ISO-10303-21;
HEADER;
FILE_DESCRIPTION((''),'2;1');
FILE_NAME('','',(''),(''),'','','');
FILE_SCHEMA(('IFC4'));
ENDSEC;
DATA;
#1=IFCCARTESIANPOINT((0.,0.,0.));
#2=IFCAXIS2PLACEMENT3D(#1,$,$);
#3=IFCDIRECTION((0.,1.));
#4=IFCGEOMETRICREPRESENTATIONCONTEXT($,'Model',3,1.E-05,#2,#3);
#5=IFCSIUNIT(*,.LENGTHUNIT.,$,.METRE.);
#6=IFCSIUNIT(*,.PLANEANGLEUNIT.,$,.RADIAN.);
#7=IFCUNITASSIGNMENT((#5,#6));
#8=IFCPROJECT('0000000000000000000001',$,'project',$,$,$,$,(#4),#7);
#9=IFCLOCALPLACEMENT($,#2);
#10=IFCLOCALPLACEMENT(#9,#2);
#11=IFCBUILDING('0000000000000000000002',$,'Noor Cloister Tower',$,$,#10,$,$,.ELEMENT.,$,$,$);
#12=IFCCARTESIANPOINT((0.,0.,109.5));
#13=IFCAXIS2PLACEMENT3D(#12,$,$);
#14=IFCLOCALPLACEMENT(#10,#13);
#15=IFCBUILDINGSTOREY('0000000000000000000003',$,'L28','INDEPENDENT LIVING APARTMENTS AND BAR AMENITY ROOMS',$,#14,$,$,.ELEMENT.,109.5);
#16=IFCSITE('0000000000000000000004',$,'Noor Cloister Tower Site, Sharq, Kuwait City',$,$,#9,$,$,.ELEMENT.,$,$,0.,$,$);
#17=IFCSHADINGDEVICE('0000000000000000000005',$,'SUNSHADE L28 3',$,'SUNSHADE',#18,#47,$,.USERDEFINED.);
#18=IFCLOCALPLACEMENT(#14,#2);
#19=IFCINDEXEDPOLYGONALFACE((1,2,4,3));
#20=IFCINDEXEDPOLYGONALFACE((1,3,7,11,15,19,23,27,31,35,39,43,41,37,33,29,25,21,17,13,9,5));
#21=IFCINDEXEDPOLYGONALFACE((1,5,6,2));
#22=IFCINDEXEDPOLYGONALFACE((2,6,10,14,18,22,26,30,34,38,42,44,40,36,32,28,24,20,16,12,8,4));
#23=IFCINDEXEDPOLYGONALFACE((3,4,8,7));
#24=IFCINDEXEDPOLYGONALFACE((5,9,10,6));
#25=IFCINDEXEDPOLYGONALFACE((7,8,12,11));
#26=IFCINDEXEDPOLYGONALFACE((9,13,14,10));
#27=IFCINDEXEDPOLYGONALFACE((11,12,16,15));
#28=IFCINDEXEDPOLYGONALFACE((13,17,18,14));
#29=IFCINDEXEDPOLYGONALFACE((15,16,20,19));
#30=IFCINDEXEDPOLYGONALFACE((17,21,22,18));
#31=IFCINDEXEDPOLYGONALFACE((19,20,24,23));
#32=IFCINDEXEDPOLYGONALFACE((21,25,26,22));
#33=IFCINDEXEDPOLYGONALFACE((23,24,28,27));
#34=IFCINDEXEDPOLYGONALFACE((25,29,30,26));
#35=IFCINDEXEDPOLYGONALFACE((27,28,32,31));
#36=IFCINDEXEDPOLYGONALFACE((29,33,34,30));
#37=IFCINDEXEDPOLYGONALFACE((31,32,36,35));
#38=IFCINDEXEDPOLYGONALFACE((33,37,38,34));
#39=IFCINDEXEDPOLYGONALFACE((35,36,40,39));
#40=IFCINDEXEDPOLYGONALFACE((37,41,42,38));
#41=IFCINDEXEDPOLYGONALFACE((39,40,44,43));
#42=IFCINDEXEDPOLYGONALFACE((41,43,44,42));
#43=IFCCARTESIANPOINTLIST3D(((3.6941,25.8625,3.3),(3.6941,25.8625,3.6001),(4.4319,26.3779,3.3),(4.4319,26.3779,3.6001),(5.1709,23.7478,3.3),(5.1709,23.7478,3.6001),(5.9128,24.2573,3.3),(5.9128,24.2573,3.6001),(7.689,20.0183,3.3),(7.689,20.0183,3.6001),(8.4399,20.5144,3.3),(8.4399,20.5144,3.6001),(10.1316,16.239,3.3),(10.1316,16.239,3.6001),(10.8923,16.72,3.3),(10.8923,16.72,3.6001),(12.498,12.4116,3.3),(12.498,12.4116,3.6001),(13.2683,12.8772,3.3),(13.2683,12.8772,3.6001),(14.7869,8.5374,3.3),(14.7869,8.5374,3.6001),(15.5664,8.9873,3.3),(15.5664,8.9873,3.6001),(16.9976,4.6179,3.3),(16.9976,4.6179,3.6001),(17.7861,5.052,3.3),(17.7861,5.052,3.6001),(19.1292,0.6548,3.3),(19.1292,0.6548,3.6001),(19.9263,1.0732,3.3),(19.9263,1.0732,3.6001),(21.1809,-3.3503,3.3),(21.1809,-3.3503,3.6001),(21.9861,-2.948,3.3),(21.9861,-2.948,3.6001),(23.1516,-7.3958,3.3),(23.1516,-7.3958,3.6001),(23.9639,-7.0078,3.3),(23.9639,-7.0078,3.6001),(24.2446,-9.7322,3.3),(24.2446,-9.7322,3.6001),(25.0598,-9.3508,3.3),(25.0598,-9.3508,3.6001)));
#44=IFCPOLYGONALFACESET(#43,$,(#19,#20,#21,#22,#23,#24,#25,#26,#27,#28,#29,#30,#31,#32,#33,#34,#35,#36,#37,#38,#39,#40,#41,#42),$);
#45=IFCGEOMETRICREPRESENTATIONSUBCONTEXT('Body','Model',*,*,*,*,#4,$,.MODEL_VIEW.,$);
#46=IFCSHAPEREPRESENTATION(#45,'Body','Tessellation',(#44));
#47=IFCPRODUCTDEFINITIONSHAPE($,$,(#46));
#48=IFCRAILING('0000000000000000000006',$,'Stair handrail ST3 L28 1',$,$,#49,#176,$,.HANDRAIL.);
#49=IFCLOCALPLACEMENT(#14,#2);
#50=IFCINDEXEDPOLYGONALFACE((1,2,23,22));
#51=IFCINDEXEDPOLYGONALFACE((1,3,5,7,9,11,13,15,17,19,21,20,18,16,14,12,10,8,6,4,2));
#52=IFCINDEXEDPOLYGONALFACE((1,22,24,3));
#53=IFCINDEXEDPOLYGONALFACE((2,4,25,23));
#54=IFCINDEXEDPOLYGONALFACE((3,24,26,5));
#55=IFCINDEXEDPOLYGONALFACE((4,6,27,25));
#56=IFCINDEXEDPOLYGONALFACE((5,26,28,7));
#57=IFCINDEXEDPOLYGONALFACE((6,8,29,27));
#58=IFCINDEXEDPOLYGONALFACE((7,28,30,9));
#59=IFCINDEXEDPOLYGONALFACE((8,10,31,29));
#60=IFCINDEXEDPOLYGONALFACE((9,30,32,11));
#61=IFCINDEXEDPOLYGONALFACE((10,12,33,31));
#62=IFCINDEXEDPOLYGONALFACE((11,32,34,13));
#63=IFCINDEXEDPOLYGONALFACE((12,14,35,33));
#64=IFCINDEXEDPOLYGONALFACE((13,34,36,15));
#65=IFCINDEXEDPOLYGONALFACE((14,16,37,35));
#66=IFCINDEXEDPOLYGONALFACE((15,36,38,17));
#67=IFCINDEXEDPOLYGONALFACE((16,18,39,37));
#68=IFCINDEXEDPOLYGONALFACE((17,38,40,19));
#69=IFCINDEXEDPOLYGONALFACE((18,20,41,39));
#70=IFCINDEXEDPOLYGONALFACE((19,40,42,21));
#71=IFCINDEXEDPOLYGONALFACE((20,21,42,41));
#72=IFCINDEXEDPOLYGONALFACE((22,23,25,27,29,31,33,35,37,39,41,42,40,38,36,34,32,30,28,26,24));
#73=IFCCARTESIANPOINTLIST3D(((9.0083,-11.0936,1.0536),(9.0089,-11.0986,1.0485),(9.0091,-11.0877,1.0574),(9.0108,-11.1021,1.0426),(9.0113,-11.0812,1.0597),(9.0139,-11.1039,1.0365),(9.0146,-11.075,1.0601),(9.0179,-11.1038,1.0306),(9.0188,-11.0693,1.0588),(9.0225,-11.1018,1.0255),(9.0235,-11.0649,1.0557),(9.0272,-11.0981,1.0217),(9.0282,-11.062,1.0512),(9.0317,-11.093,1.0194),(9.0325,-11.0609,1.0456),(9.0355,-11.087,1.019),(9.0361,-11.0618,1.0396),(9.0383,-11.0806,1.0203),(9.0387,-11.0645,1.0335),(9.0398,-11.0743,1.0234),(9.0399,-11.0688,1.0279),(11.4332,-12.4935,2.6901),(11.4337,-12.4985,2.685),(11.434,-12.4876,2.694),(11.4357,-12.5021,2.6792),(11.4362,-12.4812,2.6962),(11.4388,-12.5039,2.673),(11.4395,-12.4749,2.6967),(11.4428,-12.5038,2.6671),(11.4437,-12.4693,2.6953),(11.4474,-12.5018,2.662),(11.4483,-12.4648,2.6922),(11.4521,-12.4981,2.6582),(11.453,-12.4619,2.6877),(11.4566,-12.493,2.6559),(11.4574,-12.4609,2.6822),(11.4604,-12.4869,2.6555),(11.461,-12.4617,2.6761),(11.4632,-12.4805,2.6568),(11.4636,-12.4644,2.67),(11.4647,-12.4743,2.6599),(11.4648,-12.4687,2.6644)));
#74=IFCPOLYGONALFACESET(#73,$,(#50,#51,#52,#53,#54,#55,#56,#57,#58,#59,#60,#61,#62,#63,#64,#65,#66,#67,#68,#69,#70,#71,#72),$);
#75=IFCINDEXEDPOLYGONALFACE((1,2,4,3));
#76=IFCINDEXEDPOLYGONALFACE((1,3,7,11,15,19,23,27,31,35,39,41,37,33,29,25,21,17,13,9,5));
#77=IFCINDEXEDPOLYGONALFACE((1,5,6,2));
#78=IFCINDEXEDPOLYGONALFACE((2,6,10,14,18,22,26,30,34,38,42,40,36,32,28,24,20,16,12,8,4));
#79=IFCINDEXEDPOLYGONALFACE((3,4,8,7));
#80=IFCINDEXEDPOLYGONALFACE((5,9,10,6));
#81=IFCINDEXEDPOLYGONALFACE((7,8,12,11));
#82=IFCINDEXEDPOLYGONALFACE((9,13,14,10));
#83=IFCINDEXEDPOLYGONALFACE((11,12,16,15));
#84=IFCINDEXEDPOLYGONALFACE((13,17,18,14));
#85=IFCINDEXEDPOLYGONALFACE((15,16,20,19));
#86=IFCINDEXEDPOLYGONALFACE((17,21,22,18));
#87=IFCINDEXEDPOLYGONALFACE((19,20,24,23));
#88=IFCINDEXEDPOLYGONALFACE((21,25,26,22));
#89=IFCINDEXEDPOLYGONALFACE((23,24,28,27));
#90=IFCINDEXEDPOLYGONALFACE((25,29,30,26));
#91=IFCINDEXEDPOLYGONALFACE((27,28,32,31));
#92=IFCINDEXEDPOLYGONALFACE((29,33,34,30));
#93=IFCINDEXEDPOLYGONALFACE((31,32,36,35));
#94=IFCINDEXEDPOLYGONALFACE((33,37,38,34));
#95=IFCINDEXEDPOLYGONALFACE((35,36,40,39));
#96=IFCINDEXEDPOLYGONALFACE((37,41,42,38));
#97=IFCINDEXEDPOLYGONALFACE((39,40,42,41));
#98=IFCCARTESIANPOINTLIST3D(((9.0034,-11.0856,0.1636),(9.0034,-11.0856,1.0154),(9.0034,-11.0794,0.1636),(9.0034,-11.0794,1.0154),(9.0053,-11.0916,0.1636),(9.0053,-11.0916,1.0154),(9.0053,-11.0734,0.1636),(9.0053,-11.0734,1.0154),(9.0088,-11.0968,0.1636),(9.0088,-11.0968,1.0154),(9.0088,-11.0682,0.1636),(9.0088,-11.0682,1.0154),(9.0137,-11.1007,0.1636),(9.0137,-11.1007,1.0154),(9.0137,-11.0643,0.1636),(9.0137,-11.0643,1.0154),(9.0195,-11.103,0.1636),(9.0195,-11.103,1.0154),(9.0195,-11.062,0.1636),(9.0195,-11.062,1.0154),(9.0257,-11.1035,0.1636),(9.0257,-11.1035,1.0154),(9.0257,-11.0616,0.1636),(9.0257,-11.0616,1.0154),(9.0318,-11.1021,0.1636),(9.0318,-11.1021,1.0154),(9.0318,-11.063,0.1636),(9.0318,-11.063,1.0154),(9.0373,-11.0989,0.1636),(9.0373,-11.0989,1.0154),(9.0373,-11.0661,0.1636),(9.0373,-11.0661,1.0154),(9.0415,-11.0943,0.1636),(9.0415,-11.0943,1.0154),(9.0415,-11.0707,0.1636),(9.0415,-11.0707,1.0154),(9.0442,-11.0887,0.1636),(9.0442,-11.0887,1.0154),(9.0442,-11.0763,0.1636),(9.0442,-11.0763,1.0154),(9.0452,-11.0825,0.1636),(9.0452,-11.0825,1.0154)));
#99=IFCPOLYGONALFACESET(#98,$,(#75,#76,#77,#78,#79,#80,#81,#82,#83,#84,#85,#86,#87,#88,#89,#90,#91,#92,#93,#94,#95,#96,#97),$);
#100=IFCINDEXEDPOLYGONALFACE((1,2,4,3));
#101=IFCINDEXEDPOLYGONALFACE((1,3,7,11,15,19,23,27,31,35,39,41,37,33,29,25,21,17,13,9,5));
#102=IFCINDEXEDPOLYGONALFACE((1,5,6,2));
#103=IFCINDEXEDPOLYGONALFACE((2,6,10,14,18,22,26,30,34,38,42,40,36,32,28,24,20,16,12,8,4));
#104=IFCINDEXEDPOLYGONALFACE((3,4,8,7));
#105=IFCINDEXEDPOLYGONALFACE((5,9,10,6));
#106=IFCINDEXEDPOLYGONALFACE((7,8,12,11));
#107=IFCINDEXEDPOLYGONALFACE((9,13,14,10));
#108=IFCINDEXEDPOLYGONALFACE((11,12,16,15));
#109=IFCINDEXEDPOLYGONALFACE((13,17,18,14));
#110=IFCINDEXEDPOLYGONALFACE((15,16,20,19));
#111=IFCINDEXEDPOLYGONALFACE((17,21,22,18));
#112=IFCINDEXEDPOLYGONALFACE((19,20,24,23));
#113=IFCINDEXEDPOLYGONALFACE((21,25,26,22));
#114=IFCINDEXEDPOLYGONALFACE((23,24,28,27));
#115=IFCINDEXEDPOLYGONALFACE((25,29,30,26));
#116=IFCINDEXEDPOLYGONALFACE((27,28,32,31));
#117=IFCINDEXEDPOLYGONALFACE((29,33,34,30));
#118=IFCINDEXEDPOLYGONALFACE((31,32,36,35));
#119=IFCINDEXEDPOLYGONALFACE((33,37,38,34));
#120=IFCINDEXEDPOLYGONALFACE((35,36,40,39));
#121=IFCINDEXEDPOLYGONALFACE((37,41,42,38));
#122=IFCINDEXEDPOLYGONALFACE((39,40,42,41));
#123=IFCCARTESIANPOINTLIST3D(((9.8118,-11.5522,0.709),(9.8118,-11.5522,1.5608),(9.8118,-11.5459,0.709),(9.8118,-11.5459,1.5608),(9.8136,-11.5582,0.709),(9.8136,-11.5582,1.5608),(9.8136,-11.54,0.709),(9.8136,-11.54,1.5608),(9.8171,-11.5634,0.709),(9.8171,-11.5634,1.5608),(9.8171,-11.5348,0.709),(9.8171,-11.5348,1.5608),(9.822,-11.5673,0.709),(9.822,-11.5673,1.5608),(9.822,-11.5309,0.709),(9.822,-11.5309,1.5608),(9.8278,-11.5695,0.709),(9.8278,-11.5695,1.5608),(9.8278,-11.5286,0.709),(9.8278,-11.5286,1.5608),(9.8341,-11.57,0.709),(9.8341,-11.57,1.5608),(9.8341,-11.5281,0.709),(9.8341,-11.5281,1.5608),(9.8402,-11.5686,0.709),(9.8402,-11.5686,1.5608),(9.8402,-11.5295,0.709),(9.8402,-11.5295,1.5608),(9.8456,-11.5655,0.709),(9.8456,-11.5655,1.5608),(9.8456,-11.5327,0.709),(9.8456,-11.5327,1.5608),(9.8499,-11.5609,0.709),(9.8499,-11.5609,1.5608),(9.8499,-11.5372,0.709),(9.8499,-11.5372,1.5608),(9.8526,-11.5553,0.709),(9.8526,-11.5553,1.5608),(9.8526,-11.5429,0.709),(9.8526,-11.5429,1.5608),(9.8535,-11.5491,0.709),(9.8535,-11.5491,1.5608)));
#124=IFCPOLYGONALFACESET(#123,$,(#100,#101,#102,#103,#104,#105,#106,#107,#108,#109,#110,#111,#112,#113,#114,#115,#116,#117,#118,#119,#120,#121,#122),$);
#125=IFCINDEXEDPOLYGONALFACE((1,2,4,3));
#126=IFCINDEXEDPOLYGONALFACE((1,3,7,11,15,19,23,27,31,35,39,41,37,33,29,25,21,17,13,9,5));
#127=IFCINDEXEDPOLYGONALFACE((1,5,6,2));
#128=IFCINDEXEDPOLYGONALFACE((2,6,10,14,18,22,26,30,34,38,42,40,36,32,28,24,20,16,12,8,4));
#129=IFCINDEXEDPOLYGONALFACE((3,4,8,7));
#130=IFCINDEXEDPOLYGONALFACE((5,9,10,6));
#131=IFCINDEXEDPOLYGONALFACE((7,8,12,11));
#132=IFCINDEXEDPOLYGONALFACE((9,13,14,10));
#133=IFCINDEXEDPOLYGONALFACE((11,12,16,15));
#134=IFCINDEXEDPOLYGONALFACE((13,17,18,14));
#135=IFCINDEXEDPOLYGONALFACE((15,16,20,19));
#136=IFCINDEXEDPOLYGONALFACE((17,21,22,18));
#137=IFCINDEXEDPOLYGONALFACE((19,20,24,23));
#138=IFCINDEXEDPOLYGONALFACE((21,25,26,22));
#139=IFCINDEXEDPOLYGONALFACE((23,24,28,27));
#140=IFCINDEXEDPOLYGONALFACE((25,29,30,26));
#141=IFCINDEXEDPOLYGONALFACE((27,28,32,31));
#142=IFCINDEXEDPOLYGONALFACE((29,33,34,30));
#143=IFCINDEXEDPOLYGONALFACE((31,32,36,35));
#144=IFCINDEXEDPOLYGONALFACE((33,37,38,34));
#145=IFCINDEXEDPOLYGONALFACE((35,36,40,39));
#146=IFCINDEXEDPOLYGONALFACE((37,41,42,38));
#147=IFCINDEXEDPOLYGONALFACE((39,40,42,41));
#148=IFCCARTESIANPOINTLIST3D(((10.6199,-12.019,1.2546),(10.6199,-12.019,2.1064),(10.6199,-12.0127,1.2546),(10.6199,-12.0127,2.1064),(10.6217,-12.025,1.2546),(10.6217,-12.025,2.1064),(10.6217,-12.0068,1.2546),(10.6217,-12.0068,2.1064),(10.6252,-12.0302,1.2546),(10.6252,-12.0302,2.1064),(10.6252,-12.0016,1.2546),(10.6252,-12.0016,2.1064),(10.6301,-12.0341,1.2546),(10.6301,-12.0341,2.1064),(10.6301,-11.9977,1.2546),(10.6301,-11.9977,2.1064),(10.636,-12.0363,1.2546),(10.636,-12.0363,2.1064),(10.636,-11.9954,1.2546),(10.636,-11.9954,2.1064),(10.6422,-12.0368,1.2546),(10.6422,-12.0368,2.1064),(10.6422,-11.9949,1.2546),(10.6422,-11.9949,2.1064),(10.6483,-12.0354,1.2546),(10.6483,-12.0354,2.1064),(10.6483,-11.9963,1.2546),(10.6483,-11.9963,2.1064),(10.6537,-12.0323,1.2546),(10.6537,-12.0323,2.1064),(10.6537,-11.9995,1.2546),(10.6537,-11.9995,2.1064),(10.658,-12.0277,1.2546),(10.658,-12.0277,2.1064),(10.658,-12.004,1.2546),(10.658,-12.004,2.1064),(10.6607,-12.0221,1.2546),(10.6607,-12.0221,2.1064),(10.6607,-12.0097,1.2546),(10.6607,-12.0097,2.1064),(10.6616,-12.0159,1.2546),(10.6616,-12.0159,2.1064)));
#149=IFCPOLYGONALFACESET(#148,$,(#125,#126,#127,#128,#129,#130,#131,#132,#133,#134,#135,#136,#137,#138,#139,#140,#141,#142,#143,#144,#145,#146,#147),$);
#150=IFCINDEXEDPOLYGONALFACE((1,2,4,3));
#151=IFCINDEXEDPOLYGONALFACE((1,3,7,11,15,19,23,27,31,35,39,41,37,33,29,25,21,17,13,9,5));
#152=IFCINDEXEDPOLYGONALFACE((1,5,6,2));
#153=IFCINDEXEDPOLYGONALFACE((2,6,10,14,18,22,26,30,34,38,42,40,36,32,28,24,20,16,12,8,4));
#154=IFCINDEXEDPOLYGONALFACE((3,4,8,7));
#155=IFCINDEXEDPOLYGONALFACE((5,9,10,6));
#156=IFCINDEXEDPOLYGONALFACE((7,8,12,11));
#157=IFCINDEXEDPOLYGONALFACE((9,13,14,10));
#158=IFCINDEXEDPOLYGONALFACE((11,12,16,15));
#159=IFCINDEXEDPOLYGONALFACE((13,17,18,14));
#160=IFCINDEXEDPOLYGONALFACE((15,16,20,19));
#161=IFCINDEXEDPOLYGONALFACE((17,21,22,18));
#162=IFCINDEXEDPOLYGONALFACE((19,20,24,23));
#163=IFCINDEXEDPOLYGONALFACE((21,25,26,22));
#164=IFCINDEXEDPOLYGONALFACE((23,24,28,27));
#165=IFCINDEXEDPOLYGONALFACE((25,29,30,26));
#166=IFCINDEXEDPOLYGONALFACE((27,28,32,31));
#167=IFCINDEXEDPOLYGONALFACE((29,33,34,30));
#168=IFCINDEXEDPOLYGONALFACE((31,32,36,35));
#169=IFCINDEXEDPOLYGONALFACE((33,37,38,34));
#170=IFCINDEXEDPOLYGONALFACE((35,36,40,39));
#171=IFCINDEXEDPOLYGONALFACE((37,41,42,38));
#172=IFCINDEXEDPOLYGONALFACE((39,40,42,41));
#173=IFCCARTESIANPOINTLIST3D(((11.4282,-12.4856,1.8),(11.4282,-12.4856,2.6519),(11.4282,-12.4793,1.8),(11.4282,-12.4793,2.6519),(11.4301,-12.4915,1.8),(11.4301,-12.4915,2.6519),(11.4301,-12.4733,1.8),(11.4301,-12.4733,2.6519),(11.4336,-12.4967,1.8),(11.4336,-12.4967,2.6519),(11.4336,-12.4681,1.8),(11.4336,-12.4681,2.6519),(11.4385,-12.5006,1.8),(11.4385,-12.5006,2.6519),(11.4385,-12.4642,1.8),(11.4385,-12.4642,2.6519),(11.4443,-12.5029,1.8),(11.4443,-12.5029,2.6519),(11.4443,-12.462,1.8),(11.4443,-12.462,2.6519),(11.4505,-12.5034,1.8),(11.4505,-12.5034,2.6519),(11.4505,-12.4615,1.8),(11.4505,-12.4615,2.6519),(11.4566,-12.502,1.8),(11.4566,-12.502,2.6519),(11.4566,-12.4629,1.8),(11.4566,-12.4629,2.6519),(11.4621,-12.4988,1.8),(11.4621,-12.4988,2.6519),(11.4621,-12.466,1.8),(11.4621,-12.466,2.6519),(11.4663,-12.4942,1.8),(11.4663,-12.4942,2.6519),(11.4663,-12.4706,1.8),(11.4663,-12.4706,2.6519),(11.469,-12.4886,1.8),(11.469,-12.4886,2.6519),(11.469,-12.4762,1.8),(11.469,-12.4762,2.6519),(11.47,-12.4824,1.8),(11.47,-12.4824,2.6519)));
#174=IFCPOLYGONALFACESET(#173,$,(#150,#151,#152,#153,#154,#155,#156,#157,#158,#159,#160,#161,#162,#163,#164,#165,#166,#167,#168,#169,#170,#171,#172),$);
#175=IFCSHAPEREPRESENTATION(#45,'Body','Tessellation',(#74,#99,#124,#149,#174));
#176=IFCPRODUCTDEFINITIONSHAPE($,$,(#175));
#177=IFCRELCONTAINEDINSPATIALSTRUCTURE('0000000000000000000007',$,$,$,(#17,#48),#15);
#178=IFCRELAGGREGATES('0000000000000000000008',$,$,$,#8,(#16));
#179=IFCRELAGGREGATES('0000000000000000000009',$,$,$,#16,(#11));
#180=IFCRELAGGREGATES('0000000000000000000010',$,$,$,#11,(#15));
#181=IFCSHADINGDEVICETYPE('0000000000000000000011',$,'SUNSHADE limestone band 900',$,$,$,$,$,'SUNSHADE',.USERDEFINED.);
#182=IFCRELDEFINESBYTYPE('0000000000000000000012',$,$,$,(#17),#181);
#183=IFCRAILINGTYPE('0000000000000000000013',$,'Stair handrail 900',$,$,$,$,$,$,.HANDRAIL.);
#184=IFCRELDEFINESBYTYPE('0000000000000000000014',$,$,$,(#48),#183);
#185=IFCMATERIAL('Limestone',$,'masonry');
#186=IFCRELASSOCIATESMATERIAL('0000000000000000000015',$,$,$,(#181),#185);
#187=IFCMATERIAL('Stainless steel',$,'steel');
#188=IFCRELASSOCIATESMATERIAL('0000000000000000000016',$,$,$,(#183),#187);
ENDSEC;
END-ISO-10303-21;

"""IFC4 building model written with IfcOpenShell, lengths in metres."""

from ifc_helpers import new_model, si_unit, direction, frame, origin, origin_2d, place, context, subcontext, project, spatial, polyline, circle, outline, extrude, material, type_object, element, save


model = new_model("IFC4")

# Units and contexts
model_context = context("Model", 3, precision=1e-05, world=origin(), true_north=direction((0.0, 1.0)))
body_context = subcontext(model_context, "Body", "Model", "MODEL_VIEW")
ifc_project = project(units=[si_unit("LENGTHUNIT", "METRE"), si_unit("PLANEANGLEUNIT", "RADIAN")], contexts=[model_context])

# Site, building, storey
site_placement = place(None, origin())
site = spatial("IfcSite", under=ifc_project, at=site_placement, Name="Noor Cloister Tower Site, Sharq, Kuwait City", CompositionType="ELEMENT", RefElevation=0.0)
building_placement = place(site_placement, origin())
building = spatial("IfcBuilding", under=site, at=building_placement, Name="Noor Cloister Tower", CompositionType="ELEMENT")
storey_placement = place(building_placement, frame((0.0, 0.0, 109.5)))
storey = spatial("IfcBuildingStorey", under=building, at=storey_placement, Name="L28", Description="INDEPENDENT LIVING APARTMENTS AND BAR AMENITY ROOMS", CompositionType="ELEMENT", Elevation=109.5)

# Shading device
ifc_material_1 = material(Name="Limestone", Category="masonry")
shading_device_type = type_object("IfcShadingDeviceType", Name="SUNSHADE limestone band 900", ElementType="SUNSHADE", PredefinedType="USERDEFINED", material=ifc_material_1)
shading_device_1_placement = place(storey_placement, frame((0.0, 0.0, 3.3)))
element("IfcShadingDevice", 1, at=shading_device_1_placement, inside=storey, type_object=shading_device_type, Name="SUNSHADE L28 3", ObjectType="SUNSHADE", PredefinedType="USERDEFINED", context=body_context, shape_type="SweptSolid", body=[
    extrude(outline(polyline([(25.0598, -9.3508), (23.9639, -7.0078), (21.9861, -2.948), (19.9263, 1.0732), (17.7861, 5.052), (15.5664, 8.9873), (13.2683, 12.8772), (10.8923, 16.72), (8.4399, 20.5144), (5.9128, 24.2573), (4.4319, 26.3779), (3.6941, 25.8625), (5.1709, 23.7478), (7.689, 20.0183), (10.1316, 16.239), (12.498, 12.4116), (14.7869, 8.5374), (16.9976, 4.6179), (19.1292, 0.6548), (21.1809, -3.3503), (23.1516, -7.3958), (24.2446, -9.7322), (25.0598, -9.3508)])), origin(), (0.0, 0.0, 1.0), 0.3),
])

# Railing
ifc_material_2 = material(Name="Stainless steel", Category="steel")
railing_type = type_object("IfcRailingType", Name="Stair handrail 900", PredefinedType="HANDRAIL", material=ifc_material_2)
railing_placement = place(storey_placement, frame((9.0242, -11.0825, 0.1636)))
element("IfcRailing", 2, at=railing_placement, inside=storey, type_object=railing_type, Name="Stair handrail ST3 L28 1", PredefinedType="HANDRAIL", context=body_context, shape_type="SweptSolid", body=[
    extrude(circle(Radius=0.0239, at=origin_2d()), frame((0.0, 0.0, 0.876), z_axis=(0.74769, -0.431661, 0.504608), x_axis=(0.499984, 0.866035, 0.0)), (0.0, 0.0, 1.0), 3.2432),
    extrude(circle(Radius=0.021, at=origin_2d()), origin(), (0.0, 0.0, 1.0), 0.8518),
    extrude(circle(Radius=0.021, at=origin_2d()), frame((0.8083, -0.4666, 0.5454)), (0.0, 0.0, 1.0), 0.8518),
    extrude(circle(Radius=0.021, at=origin_2d()), frame((1.6165, -0.9333, 1.0911)), (0.0, 0.0, 1.0), 0.8518),
    extrude(circle(Radius=0.021, at=origin_2d()), frame((2.4248, -1.3999, 1.6365)), (0.0, 0.0, 1.0), 0.8518),
])

save(model, "model.ifc")
